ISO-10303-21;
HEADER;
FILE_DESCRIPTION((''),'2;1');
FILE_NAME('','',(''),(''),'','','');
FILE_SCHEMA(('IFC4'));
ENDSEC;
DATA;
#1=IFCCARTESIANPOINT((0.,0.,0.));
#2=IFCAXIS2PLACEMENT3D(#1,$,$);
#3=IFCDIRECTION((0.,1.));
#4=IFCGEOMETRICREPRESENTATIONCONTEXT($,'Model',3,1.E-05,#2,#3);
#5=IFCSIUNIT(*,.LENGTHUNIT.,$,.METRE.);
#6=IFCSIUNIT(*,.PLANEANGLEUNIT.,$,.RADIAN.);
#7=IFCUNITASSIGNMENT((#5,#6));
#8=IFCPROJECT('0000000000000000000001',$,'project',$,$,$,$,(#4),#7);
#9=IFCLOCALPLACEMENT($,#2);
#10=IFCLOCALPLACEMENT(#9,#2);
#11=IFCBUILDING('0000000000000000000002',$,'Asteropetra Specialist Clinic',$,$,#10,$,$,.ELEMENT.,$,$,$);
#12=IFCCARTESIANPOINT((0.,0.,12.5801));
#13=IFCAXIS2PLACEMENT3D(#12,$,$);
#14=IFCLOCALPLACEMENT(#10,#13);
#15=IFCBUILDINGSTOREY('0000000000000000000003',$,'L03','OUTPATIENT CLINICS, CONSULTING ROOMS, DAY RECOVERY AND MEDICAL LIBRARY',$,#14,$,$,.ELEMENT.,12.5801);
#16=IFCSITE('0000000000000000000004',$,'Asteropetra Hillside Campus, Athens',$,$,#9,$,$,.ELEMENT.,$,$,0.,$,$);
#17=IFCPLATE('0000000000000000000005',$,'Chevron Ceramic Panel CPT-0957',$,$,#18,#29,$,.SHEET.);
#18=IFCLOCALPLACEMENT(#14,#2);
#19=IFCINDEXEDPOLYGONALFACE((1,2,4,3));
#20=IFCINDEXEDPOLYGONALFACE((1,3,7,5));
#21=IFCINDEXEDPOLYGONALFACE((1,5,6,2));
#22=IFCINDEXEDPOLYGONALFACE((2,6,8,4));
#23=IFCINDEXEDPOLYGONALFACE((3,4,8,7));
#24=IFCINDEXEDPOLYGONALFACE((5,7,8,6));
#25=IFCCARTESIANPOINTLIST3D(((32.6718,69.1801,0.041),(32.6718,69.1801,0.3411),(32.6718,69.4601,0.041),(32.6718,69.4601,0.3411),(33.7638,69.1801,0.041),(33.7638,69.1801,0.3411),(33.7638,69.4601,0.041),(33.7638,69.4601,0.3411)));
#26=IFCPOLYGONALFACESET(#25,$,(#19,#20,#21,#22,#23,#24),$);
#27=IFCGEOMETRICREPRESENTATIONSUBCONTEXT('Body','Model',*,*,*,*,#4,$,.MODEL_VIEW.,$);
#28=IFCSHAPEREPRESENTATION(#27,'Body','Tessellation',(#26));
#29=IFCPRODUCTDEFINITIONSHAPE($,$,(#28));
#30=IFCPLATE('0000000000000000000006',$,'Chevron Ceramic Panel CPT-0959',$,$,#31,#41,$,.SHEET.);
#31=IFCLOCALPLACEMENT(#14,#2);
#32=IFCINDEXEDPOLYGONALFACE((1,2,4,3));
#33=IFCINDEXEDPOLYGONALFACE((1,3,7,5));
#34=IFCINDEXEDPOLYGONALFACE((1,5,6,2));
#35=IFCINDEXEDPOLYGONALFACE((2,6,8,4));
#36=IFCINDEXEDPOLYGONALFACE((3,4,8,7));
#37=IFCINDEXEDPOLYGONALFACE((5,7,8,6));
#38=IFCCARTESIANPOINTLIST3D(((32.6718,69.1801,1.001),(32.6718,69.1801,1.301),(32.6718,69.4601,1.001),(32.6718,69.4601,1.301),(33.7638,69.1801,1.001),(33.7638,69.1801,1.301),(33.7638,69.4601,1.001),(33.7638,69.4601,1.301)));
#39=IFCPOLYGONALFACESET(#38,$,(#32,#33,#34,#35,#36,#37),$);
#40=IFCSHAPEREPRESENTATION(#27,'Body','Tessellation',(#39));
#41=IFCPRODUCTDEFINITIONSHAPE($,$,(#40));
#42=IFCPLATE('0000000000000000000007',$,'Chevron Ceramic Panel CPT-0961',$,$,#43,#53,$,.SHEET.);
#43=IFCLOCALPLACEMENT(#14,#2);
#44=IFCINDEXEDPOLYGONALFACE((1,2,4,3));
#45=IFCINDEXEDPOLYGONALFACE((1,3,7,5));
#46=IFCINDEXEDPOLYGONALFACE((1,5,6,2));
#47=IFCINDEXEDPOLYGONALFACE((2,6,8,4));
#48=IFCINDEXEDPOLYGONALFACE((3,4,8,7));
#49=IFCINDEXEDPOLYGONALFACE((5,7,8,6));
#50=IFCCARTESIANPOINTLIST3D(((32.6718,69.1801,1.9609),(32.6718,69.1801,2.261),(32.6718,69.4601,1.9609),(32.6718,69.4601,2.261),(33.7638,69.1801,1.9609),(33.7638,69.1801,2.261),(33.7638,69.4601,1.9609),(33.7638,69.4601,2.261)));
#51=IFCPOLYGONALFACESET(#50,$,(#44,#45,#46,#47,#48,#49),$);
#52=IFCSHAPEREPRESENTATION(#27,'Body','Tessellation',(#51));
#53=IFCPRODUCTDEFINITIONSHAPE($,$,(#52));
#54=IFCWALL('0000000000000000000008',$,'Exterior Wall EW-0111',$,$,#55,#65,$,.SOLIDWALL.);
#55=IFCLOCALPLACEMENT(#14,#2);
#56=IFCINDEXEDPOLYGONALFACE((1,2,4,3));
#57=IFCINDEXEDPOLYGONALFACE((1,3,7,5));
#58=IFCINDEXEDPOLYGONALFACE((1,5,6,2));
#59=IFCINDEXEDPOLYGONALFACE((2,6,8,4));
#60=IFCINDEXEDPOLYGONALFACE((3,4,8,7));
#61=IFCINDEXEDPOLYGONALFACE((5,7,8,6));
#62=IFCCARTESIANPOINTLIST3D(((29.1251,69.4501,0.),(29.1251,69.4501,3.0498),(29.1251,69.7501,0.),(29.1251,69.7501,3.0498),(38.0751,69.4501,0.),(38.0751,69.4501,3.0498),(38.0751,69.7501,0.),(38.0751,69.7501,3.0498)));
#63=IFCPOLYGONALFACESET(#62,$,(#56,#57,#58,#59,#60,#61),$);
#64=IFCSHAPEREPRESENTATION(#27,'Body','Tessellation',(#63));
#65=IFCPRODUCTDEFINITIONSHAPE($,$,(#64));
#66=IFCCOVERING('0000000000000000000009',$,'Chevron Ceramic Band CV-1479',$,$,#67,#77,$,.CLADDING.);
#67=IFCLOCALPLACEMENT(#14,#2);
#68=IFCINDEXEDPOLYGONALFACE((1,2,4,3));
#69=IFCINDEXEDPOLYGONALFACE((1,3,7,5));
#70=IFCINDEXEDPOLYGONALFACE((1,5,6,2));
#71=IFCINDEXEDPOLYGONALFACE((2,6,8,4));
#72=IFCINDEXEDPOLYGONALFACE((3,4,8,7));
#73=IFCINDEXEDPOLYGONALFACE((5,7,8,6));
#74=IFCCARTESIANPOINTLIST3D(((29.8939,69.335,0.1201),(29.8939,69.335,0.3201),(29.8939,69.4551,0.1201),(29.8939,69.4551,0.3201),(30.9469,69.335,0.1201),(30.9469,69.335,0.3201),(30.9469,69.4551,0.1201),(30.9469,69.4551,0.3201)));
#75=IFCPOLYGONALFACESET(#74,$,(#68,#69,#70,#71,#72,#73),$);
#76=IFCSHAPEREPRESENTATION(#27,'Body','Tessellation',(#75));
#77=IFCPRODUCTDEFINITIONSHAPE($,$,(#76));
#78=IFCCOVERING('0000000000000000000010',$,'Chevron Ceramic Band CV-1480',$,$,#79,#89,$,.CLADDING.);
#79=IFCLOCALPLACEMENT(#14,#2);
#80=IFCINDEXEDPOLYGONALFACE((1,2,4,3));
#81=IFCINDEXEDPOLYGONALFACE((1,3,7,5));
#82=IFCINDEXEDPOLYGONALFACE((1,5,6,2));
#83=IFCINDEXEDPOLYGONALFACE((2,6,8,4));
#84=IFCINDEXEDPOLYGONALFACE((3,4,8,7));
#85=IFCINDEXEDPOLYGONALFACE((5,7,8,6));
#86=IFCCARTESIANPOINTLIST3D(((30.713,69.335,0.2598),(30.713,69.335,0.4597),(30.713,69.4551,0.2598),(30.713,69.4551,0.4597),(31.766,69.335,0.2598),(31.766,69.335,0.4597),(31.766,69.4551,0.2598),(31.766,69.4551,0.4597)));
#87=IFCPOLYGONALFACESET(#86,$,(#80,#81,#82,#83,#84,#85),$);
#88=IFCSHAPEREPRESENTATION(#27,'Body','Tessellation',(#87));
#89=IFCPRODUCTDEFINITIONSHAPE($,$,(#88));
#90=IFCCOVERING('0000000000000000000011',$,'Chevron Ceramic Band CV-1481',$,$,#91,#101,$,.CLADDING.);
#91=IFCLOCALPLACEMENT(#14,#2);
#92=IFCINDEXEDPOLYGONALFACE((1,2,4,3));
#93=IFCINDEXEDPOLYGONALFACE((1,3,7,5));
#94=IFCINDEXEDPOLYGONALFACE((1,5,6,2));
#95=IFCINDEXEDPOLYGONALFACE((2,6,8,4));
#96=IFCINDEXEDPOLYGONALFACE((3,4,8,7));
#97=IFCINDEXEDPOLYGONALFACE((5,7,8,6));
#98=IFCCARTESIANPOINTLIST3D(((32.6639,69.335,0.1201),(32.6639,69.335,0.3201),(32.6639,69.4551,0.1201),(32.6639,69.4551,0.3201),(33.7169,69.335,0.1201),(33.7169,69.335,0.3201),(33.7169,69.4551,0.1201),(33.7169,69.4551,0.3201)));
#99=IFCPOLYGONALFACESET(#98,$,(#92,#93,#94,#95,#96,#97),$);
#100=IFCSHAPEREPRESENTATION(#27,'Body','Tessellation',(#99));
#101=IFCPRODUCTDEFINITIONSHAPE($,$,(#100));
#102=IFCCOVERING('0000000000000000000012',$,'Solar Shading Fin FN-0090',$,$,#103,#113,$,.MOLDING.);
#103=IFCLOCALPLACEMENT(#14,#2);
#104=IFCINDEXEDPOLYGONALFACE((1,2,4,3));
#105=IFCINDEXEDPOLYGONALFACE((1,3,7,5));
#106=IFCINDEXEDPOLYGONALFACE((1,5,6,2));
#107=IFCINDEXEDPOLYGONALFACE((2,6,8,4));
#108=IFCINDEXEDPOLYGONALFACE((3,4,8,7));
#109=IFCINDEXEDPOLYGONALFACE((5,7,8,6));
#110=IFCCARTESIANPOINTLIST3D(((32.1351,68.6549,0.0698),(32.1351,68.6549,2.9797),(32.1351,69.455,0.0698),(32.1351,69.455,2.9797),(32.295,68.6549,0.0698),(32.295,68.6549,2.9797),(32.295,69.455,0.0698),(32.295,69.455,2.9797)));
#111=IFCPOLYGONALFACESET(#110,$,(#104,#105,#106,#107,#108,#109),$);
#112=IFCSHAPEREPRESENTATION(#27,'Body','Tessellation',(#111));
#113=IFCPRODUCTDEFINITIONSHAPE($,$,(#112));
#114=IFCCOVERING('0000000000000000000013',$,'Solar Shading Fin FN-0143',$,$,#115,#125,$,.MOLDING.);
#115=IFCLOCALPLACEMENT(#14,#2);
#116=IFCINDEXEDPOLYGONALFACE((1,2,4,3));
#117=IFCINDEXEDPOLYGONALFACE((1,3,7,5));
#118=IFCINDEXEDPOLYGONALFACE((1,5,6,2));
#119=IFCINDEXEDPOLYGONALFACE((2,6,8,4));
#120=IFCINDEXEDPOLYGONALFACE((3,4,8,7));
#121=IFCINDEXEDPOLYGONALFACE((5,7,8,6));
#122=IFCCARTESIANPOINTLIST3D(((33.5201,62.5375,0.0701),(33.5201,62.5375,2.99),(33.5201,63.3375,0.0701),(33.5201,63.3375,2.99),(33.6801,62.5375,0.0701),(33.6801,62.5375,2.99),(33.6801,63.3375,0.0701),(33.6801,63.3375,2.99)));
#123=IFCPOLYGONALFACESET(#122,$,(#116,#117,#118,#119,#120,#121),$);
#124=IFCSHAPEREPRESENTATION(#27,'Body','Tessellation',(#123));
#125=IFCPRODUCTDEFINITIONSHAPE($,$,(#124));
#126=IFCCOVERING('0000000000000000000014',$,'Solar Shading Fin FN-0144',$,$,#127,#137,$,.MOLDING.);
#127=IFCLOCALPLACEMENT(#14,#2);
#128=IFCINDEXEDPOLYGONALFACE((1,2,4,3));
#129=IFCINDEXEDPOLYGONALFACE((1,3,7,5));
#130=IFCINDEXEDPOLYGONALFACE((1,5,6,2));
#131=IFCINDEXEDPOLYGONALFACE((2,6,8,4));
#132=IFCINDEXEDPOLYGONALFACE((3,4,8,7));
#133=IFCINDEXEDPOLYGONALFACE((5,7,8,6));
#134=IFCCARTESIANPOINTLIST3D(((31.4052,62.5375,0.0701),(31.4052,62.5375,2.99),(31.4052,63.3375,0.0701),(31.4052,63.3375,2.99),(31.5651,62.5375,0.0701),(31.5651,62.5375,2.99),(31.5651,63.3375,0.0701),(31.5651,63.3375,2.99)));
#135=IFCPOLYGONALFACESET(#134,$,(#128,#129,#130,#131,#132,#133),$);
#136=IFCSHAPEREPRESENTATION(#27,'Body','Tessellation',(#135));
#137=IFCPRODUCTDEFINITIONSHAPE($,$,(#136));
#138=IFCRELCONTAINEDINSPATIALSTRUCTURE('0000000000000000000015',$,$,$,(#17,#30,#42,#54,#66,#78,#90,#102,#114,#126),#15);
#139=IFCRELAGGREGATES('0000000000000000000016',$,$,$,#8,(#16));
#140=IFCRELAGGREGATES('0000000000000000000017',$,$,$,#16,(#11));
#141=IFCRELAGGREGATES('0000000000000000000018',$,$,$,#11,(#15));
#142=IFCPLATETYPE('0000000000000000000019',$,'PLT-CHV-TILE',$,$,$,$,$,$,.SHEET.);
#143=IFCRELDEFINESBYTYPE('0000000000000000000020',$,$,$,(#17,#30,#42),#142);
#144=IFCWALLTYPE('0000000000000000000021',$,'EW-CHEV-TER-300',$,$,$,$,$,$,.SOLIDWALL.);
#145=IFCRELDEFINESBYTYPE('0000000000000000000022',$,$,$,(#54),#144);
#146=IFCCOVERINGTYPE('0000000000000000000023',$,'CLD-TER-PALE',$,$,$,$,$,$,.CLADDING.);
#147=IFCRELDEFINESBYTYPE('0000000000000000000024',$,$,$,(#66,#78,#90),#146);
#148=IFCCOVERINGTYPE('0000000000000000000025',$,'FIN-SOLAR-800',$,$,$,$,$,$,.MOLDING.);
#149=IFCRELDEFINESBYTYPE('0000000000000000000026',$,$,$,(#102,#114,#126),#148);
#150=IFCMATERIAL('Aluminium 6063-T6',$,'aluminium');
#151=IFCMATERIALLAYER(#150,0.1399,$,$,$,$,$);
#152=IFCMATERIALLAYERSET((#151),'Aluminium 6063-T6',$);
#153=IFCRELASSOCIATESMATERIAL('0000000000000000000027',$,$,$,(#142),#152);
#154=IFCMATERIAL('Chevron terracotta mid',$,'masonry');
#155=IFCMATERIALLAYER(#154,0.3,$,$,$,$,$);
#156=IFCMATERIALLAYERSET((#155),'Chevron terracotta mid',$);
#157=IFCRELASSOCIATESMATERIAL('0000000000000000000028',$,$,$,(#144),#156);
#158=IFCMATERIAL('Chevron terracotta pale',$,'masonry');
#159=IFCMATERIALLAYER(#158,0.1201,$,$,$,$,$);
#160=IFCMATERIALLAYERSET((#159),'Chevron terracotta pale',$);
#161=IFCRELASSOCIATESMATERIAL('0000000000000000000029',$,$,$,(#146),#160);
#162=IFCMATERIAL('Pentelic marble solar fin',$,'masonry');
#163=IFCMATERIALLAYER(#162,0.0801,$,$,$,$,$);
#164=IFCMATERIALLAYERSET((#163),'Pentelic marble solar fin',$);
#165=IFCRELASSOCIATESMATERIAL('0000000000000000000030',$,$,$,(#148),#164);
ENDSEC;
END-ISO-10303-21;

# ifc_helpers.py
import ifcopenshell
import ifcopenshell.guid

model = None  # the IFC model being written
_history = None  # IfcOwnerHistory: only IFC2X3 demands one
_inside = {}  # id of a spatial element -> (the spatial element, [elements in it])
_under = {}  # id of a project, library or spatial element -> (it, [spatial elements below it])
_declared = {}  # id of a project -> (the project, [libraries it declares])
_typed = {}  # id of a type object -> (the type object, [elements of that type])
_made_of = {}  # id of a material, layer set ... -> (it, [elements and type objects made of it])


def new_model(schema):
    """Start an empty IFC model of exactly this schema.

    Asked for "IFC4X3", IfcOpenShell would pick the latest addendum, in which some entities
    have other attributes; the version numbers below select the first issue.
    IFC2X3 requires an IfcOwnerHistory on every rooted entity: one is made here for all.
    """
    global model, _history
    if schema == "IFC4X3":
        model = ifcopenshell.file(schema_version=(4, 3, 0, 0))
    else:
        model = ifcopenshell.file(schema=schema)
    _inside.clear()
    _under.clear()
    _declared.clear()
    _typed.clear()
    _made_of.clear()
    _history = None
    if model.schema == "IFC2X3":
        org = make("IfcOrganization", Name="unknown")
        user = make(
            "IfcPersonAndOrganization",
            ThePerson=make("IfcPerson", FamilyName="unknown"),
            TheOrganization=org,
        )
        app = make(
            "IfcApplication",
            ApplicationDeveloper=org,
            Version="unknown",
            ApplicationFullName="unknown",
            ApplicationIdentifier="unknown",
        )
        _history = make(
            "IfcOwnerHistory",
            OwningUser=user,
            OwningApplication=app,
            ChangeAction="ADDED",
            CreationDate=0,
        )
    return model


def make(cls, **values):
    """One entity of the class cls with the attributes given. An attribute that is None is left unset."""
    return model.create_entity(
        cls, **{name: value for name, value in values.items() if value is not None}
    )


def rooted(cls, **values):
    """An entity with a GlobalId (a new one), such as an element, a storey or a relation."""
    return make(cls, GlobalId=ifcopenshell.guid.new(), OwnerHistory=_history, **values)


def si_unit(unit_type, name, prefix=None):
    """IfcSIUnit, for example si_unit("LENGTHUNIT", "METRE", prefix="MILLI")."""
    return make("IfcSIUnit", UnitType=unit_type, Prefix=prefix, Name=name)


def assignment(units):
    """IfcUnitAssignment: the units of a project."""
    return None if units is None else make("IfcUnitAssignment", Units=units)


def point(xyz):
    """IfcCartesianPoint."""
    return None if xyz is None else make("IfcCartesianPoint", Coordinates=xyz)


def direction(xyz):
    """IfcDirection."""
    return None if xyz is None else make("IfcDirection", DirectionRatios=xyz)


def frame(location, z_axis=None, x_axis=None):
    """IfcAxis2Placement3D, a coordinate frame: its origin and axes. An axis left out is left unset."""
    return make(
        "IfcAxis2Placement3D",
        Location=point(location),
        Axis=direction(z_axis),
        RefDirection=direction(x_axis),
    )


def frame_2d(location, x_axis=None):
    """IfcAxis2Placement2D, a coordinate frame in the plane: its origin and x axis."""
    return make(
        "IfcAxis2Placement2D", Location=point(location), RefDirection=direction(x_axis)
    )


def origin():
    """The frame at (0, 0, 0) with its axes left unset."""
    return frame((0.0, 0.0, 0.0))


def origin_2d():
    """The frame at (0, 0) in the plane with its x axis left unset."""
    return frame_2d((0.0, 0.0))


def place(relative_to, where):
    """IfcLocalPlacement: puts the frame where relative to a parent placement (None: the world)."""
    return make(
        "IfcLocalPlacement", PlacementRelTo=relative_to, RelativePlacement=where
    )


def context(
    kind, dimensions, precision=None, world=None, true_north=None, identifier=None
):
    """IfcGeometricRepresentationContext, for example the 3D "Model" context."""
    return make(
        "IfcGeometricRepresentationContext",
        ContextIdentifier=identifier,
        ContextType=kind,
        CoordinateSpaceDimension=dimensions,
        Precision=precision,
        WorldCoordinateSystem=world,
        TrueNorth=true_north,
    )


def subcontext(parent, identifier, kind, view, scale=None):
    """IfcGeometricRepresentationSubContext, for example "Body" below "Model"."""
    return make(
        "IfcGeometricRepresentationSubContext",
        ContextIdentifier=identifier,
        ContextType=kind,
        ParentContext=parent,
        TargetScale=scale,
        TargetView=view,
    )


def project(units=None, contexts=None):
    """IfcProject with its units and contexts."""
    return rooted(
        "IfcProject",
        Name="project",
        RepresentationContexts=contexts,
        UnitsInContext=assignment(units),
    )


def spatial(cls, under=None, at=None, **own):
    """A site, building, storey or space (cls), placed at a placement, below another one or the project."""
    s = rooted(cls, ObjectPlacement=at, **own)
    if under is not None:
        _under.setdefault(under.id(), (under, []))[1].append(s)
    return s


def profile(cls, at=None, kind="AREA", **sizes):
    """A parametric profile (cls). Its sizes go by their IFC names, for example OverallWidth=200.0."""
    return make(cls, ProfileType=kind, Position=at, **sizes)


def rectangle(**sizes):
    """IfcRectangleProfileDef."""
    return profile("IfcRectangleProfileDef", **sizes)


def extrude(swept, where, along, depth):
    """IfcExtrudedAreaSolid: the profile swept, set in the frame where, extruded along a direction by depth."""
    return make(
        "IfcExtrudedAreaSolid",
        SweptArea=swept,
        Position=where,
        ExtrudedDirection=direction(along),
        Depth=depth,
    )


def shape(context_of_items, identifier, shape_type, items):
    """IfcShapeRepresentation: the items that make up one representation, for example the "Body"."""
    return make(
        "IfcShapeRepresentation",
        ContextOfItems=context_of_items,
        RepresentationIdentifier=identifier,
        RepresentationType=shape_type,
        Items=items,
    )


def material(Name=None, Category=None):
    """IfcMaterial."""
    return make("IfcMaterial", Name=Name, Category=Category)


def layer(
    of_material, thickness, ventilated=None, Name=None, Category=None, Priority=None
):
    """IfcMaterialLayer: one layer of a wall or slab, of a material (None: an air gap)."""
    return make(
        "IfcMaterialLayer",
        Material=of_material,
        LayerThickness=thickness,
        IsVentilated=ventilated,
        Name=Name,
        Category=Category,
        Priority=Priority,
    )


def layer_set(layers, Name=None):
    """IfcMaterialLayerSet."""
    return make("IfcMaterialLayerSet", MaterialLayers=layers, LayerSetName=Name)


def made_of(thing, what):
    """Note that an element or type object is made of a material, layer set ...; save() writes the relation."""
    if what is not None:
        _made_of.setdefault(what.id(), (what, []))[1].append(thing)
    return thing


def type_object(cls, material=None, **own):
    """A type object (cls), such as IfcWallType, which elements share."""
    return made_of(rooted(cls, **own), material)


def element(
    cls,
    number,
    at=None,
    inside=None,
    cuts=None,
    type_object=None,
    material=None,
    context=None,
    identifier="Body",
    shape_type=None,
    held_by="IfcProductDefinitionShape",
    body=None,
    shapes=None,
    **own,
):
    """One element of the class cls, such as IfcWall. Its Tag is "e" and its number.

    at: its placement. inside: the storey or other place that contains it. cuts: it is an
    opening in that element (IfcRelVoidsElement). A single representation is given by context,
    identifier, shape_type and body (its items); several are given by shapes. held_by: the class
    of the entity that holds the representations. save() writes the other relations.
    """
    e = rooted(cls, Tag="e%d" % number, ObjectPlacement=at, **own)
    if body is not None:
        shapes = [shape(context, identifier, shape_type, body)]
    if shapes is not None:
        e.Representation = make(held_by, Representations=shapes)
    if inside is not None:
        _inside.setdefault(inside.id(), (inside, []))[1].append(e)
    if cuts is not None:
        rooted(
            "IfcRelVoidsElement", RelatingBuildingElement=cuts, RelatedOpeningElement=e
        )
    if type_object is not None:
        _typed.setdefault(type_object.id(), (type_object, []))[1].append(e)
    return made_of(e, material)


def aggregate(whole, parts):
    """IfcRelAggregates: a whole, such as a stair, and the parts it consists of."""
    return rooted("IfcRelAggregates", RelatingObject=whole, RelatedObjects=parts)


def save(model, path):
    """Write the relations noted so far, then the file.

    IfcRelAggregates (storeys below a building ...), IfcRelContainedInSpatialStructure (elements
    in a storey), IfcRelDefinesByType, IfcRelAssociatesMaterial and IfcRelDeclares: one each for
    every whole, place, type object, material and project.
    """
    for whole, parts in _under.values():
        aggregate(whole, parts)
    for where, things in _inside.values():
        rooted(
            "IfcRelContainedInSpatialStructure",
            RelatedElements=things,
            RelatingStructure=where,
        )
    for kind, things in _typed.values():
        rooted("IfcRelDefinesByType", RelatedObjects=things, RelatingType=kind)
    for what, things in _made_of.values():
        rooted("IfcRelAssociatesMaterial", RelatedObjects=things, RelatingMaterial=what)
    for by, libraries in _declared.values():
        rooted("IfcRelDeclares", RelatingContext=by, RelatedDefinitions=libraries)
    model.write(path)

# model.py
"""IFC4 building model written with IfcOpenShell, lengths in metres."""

from ifc_helpers import new_model, si_unit, direction, frame, frame_2d, origin, origin_2d, place, context, subcontext, project, spatial, rectangle, extrude, material, layer, layer_set, type_object, element, save


model = new_model("IFC4")

# Units and contexts
model_context = context("Model", 3, precision=1e-05, world=origin(), true_north=direction((0.0, 1.0)))
body_context = subcontext(model_context, "Body", "Model", "MODEL_VIEW")
ifc_project = project(units=[si_unit("LENGTHUNIT", "METRE"), si_unit("PLANEANGLEUNIT", "RADIAN")], contexts=[model_context])

# Site, building, storey
site_placement = place(None, origin())
site = spatial("IfcSite", under=ifc_project, at=site_placement, Name="Asteropetra Hillside Campus, Athens", CompositionType="ELEMENT", RefElevation=0.0)
building_placement = place(site_placement, origin())
building = spatial("IfcBuilding", under=site, at=building_placement, Name="Asteropetra Specialist Clinic", CompositionType="ELEMENT")
storey_placement = place(building_placement, frame((0.0, 0.0, 12.5801)))
storey = spatial("IfcBuildingStorey", under=building, at=storey_placement, Name="L03", Description="OUTPATIENT CLINICS, CONSULTING ROOMS, DAY RECOVERY AND MEDICAL LIBRARY", CompositionType="ELEMENT", Elevation=12.5801)

# Plates
ifc_material_1 = material(Name="Aluminium 6063-T6", Category="aluminium")
ifc_layer_1 = layer(ifc_material_1, 0.1399)
ifc_layer_set_1 = layer_set([ifc_layer_1], Name="Aluminium 6063-T6")
plate_type_1 = type_object("IfcPlateType", Name="PLT-CHV-TILE", PredefinedType="SHEET", material=ifc_layer_set_1)
for number, where, z_axis, x_axis, name in (
    (1, (33.2178, 69.3201, 0.041), (0.0, 0.0, 1.0), (1.0, 0.0, 0.0), "Chevron Ceramic Panel CPT-0957"),
    (2, (33.2178, 69.3201, 1.001), (0.0, 0.0, 1.0), (1.0, 0.0, 0.0), "Chevron Ceramic Panel CPT-0959"),
    (3, (33.2178, 69.3201, 1.9609), (0.0, 0.0, 1.0), (1.0, 0.0, 0.0), "Chevron Ceramic Panel CPT-0961"),
):
    element("IfcPlate", number, at=place(storey_placement, frame(where, z_axis=z_axis, x_axis=x_axis)), inside=storey, type_object=plate_type_1, Name=name, PredefinedType="SHEET", context=body_context, shape_type="SweptSolid", body=[
        extrude(rectangle(XDim=1.092, YDim=0.28, at=origin_2d()), origin(), (0.0, 0.0, 1.0), 0.3),
    ])

# Wall
ifc_material_2 = material(Name="Chevron terracotta mid", Category="masonry")
ifc_layer_2 = layer(ifc_material_2, 0.3)
ifc_layer_set_2 = layer_set([ifc_layer_2], Name="Chevron terracotta mid")
wall_type = type_object("IfcWallType", Name="EW-CHEV-TER-300", PredefinedType="SOLIDWALL", material=ifc_layer_set_2)
wall_placement = place(storey_placement, frame((29.125, 69.6001, 0.0), z_axis=(0.0, 0.0, 1.0), x_axis=(1.0, 0.0, 0.0)))
element("IfcWall", 4, at=wall_placement, inside=storey, type_object=wall_type, Name="Exterior Wall EW-0111", PredefinedType="SOLIDWALL", context=body_context, shape_type="SweptSolid", body=[
    extrude(rectangle(XDim=8.95, YDim=0.3, at=frame_2d((4.4751, 0.0))), origin(), (0.0, 0.0, 1.0), 3.0498),
])

# Coverings
ifc_material_3 = material(Name="Chevron terracotta pale", Category="masonry")
ifc_layer_3 = layer(ifc_material_3, 0.1201)
ifc_layer_set_3 = layer_set([ifc_layer_3], Name="Chevron terracotta pale")
covering_type_1 = type_object("IfcCoveringType", Name="CLD-TER-PALE", PredefinedType="CLADDING", material=ifc_layer_set_3)
for number, where, z_axis, x_axis, name in (
    (5, (30.4204, 69.395, 0.1201), (0.0, 0.0, 1.0), (1.0, 0.0, 0.0), "Chevron Ceramic Band CV-1479"),
    (6, (31.2395, 69.395, 0.2598), (0.0, 0.0, 1.0), (1.0, 0.0, 0.0), "Chevron Ceramic Band CV-1480"),
    (7, (33.1904, 69.395, 0.1201), (0.0, 0.0, 1.0), (1.0, 0.0, 0.0), "Chevron Ceramic Band CV-1481"),
):
    element("IfcCovering", number, at=place(storey_placement, frame(where, z_axis=z_axis, x_axis=x_axis)), inside=storey, type_object=covering_type_1, Name=name, PredefinedType="CLADDING", context=body_context, shape_type="SweptSolid", body=[
        extrude(rectangle(XDim=1.053, YDim=0.1201, at=origin_2d()), origin(), (0.0, 0.0, 1.0), 0.2),
    ])
ifc_material_4 = material(Name="Pentelic marble solar fin", Category="masonry")
ifc_layer_4 = layer(ifc_material_4, 0.0801)
ifc_layer_set_4 = layer_set([ifc_layer_4], Name="Pentelic marble solar fin")
covering_type_2 = type_object("IfcCoveringType", Name="FIN-SOLAR-800", PredefinedType="MOLDING", material=ifc_layer_set_4)
covering_placement = place(storey_placement, frame((32.2151, 69.0549, 0.0698), z_axis=(0.0, 0.0, 1.0), x_axis=(1.0, 0.0, 0.0)))
element("IfcCovering", 8, at=covering_placement, inside=storey, type_object=covering_type_2, Name="Solar Shading Fin FN-0090", PredefinedType="MOLDING", context=body_context, shape_type="SweptSolid", body=[
    extrude(rectangle(XDim=0.1599, YDim=0.8, at=origin_2d()), origin(), (0.0, 0.0, 1.0), 2.9099),
])
for number, where, z_axis, x_axis, name in (
    (9, (33.6001, 62.9375, 0.0701), (0.0, 0.0, 1.0), (1.0, 0.0, 0.0), "Solar Shading Fin FN-0143"),
    (10, (31.4851, 62.9375, 0.0701), (0.0, 0.0, 1.0), (1.0, 0.0, 0.0), "Solar Shading Fin FN-0144"),
):
    element("IfcCovering", number, at=place(storey_placement, frame(where, z_axis=z_axis, x_axis=x_axis)), inside=storey, type_object=covering_type_2, Name=name, PredefinedType="MOLDING", context=body_context, shape_type="SweptSolid", body=[
        extrude(rectangle(XDim=0.1599, YDim=0.8, at=origin_2d()), origin(), (0.0, 0.0, 1.0), 2.9199),
    ])

save(model, "model.ifc")
